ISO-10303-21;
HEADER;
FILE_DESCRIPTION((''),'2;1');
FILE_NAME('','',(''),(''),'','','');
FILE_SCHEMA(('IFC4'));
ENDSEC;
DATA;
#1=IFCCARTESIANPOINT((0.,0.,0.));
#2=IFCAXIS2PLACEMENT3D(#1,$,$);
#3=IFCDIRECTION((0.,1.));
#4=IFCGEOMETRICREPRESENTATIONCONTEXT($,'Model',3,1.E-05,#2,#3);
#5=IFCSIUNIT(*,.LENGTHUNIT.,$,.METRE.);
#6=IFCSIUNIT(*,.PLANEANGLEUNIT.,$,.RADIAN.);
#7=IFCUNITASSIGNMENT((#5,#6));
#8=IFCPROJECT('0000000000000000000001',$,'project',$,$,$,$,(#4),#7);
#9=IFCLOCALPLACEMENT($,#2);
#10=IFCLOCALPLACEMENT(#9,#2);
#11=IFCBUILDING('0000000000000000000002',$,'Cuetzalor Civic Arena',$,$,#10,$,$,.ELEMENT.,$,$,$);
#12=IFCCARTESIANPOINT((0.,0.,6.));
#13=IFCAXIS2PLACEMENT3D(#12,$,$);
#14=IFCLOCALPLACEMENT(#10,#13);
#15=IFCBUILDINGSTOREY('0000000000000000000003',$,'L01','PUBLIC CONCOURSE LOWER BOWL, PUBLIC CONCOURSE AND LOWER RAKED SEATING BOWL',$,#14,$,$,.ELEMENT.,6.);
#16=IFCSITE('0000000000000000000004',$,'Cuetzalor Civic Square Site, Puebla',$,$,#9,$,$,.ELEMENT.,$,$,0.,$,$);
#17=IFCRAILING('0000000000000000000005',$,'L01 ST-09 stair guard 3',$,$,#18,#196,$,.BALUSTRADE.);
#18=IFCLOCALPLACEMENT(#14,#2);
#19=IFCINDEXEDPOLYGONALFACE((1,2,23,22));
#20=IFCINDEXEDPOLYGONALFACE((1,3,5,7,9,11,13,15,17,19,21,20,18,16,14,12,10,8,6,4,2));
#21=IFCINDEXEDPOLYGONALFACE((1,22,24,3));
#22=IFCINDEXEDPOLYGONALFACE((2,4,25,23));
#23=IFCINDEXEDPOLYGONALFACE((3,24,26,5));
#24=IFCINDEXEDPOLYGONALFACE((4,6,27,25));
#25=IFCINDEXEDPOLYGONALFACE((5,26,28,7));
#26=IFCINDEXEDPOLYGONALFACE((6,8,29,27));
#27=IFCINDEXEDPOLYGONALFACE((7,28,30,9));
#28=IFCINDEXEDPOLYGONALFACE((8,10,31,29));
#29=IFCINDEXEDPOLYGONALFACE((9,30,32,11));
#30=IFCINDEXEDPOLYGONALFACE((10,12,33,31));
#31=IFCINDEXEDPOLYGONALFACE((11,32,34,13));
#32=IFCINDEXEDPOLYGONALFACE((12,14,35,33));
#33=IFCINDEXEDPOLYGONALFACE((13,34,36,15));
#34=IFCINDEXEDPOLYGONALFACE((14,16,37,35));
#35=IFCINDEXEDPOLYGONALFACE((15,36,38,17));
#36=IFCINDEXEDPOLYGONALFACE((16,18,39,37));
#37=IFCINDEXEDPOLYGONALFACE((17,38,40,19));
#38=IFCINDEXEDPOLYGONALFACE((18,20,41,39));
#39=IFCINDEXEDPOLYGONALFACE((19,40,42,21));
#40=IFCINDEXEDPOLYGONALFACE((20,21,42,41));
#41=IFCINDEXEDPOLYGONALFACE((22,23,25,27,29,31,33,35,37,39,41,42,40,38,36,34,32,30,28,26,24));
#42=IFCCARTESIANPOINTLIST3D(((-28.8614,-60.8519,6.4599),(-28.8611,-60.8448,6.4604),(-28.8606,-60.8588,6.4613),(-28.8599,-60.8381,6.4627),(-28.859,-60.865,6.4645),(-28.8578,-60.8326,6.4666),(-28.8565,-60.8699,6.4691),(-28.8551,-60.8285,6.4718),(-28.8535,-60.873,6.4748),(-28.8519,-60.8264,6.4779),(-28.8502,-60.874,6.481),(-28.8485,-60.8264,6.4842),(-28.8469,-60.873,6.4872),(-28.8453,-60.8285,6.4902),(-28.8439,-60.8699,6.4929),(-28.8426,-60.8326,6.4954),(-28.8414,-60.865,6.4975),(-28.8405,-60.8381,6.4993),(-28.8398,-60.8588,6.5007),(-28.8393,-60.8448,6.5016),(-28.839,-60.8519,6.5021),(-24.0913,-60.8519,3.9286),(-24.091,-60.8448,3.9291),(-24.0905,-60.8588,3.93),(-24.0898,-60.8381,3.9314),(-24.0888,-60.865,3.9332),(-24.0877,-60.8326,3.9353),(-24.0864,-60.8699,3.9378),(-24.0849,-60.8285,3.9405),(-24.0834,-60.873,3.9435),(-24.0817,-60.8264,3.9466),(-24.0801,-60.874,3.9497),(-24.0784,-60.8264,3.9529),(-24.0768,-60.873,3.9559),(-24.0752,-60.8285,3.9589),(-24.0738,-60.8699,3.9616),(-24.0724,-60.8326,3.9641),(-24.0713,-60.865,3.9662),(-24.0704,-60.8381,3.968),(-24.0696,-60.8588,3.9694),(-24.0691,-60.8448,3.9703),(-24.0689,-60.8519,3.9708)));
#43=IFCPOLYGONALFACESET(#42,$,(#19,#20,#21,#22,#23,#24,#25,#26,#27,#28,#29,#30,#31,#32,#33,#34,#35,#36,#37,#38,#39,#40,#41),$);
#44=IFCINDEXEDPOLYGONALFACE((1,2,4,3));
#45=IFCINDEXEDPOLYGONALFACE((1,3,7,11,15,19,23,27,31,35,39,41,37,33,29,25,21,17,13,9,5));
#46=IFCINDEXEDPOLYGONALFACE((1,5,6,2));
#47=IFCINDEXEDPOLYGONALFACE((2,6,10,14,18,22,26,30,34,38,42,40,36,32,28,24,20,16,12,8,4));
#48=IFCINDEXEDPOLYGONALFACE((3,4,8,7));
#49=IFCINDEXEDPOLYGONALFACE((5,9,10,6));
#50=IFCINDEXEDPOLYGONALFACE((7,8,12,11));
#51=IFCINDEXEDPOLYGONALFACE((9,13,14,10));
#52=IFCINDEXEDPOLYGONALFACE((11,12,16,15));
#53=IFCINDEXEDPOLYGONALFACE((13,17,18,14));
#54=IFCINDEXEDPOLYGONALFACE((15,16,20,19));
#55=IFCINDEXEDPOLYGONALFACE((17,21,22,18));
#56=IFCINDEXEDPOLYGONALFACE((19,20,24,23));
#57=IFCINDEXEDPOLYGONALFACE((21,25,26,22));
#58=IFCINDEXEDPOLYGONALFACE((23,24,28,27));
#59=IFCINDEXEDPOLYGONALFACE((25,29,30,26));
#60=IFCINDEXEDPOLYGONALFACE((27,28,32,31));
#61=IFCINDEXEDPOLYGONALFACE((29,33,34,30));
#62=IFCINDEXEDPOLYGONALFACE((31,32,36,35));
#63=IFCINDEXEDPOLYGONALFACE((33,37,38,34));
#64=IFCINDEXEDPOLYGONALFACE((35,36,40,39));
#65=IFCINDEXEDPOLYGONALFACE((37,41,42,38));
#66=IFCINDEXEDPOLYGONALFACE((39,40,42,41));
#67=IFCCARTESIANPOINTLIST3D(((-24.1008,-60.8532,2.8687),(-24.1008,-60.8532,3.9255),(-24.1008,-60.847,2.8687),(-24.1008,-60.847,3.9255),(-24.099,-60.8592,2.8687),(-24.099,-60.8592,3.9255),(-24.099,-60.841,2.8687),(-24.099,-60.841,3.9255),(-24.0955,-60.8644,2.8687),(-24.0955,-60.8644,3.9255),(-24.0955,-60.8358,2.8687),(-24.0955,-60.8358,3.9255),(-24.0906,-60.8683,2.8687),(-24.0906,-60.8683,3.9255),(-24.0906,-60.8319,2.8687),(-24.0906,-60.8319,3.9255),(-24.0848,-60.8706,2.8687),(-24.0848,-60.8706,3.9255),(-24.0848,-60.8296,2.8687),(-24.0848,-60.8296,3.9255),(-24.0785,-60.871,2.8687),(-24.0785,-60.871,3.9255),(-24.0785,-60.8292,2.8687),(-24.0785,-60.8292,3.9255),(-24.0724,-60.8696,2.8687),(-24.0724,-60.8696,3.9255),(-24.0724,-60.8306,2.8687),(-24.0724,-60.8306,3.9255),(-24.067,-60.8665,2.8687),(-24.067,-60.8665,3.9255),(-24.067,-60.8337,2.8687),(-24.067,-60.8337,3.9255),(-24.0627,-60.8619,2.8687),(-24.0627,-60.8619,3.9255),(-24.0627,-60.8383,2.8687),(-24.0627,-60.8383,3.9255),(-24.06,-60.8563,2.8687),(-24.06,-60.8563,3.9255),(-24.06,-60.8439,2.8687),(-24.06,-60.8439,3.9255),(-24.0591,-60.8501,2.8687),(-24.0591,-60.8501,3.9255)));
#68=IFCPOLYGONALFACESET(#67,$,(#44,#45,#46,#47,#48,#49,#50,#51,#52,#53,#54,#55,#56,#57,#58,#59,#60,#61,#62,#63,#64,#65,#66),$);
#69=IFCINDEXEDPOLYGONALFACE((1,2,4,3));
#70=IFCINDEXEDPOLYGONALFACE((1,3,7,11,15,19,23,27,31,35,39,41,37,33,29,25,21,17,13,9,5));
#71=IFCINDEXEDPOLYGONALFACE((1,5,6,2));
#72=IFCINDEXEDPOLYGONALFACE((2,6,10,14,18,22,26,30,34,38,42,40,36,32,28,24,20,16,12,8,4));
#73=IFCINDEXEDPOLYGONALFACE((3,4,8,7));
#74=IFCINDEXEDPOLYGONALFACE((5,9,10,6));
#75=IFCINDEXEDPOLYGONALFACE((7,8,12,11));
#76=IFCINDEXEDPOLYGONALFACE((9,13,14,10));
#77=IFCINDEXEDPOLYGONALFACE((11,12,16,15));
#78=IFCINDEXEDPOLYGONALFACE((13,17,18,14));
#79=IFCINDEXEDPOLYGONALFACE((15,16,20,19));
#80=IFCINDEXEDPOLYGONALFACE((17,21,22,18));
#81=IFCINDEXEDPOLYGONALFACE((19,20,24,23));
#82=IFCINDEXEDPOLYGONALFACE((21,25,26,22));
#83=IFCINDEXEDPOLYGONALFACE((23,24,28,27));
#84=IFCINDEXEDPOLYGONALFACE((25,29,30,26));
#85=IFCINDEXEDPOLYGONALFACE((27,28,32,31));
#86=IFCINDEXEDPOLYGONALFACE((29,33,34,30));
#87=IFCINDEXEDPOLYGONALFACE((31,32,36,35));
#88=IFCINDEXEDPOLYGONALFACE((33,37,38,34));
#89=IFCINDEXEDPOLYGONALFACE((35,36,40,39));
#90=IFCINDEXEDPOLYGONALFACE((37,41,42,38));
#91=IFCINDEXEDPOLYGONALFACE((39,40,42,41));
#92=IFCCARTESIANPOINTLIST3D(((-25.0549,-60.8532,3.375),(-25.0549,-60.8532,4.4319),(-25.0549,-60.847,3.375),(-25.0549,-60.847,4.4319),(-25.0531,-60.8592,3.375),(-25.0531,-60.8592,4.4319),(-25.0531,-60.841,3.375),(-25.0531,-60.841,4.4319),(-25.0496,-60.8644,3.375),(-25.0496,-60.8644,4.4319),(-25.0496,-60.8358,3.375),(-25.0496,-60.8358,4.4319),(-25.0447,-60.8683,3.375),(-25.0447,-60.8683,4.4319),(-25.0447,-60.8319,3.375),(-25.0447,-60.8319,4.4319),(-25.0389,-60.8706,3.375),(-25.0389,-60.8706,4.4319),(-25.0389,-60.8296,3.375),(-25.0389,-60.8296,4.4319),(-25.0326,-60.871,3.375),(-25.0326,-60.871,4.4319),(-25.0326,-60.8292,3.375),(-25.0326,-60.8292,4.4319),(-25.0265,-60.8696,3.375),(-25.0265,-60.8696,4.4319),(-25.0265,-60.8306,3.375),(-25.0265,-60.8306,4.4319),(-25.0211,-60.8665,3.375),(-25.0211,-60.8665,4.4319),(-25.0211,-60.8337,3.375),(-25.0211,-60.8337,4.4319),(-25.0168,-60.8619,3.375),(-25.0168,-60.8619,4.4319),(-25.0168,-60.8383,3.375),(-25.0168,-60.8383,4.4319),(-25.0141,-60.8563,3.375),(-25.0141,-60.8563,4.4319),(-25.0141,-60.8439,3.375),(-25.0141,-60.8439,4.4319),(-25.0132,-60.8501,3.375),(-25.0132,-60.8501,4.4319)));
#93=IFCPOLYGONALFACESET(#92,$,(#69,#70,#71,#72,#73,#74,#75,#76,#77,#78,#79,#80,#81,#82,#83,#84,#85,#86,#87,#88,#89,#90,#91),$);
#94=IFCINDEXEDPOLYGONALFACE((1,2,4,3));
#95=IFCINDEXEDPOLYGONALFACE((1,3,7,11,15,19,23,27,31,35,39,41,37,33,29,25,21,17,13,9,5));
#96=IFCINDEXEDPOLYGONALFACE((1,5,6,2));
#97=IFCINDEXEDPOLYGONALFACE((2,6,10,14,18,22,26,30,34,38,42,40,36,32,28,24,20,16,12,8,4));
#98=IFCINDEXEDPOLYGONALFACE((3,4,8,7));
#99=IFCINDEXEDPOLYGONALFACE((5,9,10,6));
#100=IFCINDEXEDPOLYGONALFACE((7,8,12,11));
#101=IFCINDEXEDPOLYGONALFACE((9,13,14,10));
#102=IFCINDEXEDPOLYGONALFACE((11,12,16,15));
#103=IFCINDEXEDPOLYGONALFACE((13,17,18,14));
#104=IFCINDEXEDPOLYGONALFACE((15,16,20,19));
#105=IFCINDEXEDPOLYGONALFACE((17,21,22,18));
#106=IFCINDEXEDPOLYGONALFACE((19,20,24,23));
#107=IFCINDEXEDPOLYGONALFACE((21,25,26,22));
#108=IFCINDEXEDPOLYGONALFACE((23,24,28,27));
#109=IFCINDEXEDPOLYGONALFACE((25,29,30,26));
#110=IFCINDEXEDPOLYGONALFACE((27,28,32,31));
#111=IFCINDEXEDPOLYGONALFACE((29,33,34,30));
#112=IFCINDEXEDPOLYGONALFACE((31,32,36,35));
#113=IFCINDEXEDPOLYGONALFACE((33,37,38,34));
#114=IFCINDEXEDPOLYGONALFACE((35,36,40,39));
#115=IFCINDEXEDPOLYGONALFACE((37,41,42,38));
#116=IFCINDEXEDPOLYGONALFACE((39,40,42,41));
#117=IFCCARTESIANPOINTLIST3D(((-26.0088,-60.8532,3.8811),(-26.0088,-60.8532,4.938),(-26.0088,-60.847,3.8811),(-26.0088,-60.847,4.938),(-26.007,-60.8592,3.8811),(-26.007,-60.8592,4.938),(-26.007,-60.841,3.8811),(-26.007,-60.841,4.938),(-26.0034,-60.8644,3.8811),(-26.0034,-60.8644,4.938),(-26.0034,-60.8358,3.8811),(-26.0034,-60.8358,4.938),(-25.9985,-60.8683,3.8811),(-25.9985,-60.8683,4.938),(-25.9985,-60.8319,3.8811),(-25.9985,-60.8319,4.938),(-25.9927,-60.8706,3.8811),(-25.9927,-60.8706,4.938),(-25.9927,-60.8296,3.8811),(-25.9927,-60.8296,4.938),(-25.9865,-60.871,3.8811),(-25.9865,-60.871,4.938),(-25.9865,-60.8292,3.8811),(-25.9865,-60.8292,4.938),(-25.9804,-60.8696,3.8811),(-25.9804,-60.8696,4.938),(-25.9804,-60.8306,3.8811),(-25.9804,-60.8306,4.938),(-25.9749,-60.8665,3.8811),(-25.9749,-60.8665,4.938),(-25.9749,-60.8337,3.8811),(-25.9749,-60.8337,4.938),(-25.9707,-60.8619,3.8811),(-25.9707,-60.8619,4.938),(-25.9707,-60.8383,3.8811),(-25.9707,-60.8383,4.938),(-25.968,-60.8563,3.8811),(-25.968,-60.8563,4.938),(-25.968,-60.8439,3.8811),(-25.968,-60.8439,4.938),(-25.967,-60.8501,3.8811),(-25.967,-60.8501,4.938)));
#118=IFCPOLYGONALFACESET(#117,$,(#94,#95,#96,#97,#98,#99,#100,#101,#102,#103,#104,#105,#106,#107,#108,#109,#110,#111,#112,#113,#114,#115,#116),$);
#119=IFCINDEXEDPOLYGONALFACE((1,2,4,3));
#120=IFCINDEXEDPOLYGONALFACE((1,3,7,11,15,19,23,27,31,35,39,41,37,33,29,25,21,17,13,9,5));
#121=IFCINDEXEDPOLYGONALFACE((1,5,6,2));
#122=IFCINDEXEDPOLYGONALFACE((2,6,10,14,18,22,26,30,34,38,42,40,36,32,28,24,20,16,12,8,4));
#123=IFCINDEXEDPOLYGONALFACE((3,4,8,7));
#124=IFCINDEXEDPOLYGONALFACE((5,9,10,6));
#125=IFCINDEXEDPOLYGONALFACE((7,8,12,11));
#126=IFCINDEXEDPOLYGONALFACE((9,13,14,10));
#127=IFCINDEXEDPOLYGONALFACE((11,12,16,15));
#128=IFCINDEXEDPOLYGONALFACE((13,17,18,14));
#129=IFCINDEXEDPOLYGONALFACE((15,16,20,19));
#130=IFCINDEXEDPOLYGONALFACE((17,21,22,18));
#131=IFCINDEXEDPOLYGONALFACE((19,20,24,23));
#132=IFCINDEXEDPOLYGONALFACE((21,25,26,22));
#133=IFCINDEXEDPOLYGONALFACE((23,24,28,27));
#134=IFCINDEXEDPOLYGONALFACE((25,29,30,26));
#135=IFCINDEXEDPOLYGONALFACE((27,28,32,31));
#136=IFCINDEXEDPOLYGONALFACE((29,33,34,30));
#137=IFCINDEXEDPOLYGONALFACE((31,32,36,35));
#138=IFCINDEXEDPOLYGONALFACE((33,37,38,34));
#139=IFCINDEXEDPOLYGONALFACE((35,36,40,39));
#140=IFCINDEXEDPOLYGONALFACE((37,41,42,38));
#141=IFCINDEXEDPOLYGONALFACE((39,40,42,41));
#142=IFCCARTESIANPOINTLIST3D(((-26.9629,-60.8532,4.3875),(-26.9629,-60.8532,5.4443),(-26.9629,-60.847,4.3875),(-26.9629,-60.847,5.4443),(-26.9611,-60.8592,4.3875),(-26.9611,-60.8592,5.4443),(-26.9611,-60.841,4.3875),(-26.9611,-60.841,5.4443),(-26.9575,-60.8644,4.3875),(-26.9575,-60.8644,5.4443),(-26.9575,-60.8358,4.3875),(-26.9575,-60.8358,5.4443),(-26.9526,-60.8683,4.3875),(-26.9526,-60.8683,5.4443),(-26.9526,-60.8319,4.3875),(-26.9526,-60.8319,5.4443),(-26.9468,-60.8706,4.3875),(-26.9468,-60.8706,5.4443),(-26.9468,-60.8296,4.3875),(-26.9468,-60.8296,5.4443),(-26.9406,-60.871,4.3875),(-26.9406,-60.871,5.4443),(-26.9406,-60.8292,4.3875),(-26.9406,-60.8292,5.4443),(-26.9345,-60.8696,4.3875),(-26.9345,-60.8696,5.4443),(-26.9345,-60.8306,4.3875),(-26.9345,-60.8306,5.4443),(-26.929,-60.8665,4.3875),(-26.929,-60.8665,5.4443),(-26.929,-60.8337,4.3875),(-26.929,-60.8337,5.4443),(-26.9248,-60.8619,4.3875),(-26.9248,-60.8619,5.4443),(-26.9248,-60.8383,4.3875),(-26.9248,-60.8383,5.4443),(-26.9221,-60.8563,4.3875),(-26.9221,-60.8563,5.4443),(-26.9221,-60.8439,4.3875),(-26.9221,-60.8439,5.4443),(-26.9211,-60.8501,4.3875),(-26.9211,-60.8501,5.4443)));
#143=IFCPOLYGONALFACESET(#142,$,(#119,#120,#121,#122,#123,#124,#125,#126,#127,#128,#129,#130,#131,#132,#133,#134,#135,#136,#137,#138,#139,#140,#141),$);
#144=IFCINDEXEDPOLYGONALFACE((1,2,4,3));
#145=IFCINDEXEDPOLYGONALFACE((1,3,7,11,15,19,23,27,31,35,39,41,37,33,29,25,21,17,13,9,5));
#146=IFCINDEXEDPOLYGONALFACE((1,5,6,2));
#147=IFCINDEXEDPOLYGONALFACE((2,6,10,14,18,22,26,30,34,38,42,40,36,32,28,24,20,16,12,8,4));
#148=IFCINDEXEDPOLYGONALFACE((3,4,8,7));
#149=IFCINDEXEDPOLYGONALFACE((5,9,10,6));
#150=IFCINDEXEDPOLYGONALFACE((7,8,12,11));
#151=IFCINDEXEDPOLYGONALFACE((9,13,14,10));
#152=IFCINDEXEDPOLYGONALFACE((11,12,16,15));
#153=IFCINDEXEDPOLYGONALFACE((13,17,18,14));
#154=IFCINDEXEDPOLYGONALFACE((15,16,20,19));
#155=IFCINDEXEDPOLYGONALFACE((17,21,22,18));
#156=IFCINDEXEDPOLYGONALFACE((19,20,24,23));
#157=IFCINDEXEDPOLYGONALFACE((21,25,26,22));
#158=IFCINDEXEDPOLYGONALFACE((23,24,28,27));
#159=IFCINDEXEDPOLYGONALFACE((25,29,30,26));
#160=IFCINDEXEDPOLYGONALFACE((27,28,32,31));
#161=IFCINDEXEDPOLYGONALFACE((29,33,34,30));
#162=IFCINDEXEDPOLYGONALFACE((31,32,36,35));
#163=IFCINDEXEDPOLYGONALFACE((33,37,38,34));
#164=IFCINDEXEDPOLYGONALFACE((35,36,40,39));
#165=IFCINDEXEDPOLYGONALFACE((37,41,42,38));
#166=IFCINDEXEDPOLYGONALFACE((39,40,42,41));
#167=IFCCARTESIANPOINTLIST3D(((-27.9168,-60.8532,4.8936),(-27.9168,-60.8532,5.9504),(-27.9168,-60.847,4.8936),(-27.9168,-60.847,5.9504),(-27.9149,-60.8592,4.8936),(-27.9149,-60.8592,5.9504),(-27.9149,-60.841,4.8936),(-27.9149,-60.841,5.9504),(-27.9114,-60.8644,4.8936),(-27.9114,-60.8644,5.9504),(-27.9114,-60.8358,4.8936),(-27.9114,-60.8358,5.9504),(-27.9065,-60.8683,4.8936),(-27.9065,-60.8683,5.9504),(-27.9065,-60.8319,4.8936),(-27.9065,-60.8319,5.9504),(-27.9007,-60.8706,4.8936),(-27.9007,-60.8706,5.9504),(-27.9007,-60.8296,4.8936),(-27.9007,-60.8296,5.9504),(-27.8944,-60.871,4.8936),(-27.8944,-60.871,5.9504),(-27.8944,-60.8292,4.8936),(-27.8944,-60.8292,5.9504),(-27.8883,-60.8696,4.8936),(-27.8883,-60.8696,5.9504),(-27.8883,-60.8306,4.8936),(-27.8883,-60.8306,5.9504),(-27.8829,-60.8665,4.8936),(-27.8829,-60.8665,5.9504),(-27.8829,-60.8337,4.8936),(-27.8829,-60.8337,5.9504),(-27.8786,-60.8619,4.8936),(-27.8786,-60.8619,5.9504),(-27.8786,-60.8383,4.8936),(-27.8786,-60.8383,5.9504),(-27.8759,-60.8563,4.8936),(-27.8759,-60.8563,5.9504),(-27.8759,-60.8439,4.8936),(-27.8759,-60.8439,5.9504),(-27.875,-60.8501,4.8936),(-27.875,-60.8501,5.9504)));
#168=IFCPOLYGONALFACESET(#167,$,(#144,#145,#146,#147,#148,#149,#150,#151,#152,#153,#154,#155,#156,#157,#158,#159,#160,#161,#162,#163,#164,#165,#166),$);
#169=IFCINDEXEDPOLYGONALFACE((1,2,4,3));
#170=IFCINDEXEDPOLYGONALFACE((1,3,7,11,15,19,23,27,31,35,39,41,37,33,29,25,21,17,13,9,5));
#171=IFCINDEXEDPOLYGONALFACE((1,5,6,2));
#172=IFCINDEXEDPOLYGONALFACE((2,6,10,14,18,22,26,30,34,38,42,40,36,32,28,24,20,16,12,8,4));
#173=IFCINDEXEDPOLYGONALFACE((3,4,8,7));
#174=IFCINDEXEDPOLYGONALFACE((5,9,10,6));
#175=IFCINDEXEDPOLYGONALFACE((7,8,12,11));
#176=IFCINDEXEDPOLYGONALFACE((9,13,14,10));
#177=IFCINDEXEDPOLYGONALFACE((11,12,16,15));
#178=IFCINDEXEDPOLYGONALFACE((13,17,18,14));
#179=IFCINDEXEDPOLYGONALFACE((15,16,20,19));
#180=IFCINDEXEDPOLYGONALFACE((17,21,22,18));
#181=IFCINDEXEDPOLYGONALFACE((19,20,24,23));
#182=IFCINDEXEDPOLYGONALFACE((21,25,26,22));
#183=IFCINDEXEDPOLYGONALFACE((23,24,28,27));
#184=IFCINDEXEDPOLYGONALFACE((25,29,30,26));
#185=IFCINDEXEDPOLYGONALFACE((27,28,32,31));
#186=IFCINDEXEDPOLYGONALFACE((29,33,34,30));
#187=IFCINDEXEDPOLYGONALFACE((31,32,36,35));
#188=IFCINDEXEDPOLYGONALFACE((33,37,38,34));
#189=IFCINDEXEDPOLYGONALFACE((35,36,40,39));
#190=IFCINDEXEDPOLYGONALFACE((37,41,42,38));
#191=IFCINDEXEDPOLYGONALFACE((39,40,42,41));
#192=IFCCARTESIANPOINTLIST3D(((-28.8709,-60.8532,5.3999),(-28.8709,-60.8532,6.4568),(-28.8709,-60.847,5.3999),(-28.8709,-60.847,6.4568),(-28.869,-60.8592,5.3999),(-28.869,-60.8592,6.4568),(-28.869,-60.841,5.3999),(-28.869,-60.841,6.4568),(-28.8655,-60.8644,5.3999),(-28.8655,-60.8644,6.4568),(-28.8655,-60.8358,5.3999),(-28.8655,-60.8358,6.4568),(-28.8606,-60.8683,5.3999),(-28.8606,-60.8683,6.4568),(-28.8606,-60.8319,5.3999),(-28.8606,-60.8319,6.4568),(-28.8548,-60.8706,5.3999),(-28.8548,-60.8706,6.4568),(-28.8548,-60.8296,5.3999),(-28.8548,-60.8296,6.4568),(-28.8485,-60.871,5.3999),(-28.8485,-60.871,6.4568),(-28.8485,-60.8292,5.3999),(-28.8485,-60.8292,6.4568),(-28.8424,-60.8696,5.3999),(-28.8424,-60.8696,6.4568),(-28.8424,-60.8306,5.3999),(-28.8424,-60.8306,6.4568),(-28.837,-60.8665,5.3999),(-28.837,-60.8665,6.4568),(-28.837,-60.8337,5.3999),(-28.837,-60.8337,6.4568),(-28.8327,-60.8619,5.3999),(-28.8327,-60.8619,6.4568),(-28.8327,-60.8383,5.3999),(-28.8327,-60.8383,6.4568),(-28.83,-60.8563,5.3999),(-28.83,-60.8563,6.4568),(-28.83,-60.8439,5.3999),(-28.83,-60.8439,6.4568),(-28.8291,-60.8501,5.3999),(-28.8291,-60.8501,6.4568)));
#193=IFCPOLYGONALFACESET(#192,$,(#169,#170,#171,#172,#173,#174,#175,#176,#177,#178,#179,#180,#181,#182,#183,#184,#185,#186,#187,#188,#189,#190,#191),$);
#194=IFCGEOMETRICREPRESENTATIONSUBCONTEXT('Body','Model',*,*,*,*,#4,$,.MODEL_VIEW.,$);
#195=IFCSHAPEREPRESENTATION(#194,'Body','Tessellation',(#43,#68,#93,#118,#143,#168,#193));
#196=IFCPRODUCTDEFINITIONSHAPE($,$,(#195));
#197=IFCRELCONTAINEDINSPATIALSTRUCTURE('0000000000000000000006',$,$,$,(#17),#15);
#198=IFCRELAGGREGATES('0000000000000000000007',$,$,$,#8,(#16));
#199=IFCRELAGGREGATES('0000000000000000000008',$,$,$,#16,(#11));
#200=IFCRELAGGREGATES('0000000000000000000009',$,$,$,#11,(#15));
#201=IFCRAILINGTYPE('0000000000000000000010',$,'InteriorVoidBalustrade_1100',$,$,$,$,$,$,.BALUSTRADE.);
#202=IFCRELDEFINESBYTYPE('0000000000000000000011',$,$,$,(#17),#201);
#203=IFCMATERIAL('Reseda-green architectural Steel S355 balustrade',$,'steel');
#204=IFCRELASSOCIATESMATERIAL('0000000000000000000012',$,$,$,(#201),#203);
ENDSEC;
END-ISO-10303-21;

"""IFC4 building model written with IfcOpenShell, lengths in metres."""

from ifc_helpers import new_model, si_unit, direction, frame, origin, origin_2d, place, context, subcontext, project, spatial, circle, extrude, material, type_object, element, save


model = new_model("IFC4")

# Units and contexts
model_context = context("Model", 3, precision=1e-05, world=origin(), true_north=direction((0.0, 1.0)))
body_context = subcontext(model_context, "Body", "Model", "MODEL_VIEW")
ifc_project = project(units=[si_unit("LENGTHUNIT", "METRE"), si_unit("PLANEANGLEUNIT", "RADIAN")], contexts=[model_context])

# Site, building, storey
site_placement = place(None, origin())
site = spatial("IfcSite", under=ifc_project, at=site_placement, Name="Cuetzalor Civic Square Site, Puebla", CompositionType="ELEMENT", RefElevation=0.0)
building_placement = place(site_placement, origin())
building = spatial("IfcBuilding", under=site, at=building_placement, Name="Cuetzalor Civic Arena", CompositionType="ELEMENT")
storey_placement = place(building_placement, frame((0.0, 0.0, 6.0)))
storey = spatial("IfcBuildingStorey", under=building, at=storey_placement, Name="L01", Description="PUBLIC CONCOURSE LOWER BOWL, PUBLIC CONCOURSE AND LOWER RAKED SEATING BOWL", CompositionType="ELEMENT", Elevation=6.0)

# Railing
ifc_material_1 = material(Name="Reseda-green architectural Steel S355 balustrade", Category="steel")
railing_type_1 = type_object("IfcRailingType", Name="InteriorVoidBalustrade_1100", PredefinedType="BALUSTRADE", material=ifc_material_1)
railing_1_placement = place(storey_placement, frame((-24.0801, -60.8501, 2.8687)))
element("IfcRailing", 1, at=railing_1_placement, inside=storey, type_object=railing_type_1, Name="L01 ST-09 stair guard 3", PredefinedType="BALUSTRADE", context=body_context, shape_type="SweptSolid", body=[
    extrude(circle(Radius=0.0239, at=origin_2d()), frame((0.0, 0.0, 1.0811), z_axis=(-0.883332, 0.0, 0.468747), x_axis=(0.0, -1.0, 0.0)), (0.0, 0.0, 1.0), 5.4001),
    extrude(circle(Radius=0.021, at=origin_2d()), origin(), (0.0, 0.0, 1.0), 1.0569),
    extrude(circle(Radius=0.021, at=origin_2d()), frame((-0.9541, 0.0, 0.5063)), (0.0, 0.0, 1.0), 1.0569),
    extrude(circle(Radius=0.021, at=origin_2d()), frame((-1.908, 0.0, 1.0125)), (0.0, 0.0, 1.0), 1.0569),
    extrude(circle(Radius=0.021, at=origin_2d()), frame((-2.8621, 0.0, 1.5188)), (0.0, 0.0, 1.0), 1.0569),
    extrude(circle(Radius=0.021, at=origin_2d()), frame((-3.8159, 0.0, 2.0249)), (0.0, 0.0, 1.0), 1.0569),
    extrude(circle(Radius=0.021, at=origin_2d()), frame((-4.77, 0.0, 2.5312)), (0.0, 0.0, 1.0), 1.0569),
])

save(model, "model.ifc")
